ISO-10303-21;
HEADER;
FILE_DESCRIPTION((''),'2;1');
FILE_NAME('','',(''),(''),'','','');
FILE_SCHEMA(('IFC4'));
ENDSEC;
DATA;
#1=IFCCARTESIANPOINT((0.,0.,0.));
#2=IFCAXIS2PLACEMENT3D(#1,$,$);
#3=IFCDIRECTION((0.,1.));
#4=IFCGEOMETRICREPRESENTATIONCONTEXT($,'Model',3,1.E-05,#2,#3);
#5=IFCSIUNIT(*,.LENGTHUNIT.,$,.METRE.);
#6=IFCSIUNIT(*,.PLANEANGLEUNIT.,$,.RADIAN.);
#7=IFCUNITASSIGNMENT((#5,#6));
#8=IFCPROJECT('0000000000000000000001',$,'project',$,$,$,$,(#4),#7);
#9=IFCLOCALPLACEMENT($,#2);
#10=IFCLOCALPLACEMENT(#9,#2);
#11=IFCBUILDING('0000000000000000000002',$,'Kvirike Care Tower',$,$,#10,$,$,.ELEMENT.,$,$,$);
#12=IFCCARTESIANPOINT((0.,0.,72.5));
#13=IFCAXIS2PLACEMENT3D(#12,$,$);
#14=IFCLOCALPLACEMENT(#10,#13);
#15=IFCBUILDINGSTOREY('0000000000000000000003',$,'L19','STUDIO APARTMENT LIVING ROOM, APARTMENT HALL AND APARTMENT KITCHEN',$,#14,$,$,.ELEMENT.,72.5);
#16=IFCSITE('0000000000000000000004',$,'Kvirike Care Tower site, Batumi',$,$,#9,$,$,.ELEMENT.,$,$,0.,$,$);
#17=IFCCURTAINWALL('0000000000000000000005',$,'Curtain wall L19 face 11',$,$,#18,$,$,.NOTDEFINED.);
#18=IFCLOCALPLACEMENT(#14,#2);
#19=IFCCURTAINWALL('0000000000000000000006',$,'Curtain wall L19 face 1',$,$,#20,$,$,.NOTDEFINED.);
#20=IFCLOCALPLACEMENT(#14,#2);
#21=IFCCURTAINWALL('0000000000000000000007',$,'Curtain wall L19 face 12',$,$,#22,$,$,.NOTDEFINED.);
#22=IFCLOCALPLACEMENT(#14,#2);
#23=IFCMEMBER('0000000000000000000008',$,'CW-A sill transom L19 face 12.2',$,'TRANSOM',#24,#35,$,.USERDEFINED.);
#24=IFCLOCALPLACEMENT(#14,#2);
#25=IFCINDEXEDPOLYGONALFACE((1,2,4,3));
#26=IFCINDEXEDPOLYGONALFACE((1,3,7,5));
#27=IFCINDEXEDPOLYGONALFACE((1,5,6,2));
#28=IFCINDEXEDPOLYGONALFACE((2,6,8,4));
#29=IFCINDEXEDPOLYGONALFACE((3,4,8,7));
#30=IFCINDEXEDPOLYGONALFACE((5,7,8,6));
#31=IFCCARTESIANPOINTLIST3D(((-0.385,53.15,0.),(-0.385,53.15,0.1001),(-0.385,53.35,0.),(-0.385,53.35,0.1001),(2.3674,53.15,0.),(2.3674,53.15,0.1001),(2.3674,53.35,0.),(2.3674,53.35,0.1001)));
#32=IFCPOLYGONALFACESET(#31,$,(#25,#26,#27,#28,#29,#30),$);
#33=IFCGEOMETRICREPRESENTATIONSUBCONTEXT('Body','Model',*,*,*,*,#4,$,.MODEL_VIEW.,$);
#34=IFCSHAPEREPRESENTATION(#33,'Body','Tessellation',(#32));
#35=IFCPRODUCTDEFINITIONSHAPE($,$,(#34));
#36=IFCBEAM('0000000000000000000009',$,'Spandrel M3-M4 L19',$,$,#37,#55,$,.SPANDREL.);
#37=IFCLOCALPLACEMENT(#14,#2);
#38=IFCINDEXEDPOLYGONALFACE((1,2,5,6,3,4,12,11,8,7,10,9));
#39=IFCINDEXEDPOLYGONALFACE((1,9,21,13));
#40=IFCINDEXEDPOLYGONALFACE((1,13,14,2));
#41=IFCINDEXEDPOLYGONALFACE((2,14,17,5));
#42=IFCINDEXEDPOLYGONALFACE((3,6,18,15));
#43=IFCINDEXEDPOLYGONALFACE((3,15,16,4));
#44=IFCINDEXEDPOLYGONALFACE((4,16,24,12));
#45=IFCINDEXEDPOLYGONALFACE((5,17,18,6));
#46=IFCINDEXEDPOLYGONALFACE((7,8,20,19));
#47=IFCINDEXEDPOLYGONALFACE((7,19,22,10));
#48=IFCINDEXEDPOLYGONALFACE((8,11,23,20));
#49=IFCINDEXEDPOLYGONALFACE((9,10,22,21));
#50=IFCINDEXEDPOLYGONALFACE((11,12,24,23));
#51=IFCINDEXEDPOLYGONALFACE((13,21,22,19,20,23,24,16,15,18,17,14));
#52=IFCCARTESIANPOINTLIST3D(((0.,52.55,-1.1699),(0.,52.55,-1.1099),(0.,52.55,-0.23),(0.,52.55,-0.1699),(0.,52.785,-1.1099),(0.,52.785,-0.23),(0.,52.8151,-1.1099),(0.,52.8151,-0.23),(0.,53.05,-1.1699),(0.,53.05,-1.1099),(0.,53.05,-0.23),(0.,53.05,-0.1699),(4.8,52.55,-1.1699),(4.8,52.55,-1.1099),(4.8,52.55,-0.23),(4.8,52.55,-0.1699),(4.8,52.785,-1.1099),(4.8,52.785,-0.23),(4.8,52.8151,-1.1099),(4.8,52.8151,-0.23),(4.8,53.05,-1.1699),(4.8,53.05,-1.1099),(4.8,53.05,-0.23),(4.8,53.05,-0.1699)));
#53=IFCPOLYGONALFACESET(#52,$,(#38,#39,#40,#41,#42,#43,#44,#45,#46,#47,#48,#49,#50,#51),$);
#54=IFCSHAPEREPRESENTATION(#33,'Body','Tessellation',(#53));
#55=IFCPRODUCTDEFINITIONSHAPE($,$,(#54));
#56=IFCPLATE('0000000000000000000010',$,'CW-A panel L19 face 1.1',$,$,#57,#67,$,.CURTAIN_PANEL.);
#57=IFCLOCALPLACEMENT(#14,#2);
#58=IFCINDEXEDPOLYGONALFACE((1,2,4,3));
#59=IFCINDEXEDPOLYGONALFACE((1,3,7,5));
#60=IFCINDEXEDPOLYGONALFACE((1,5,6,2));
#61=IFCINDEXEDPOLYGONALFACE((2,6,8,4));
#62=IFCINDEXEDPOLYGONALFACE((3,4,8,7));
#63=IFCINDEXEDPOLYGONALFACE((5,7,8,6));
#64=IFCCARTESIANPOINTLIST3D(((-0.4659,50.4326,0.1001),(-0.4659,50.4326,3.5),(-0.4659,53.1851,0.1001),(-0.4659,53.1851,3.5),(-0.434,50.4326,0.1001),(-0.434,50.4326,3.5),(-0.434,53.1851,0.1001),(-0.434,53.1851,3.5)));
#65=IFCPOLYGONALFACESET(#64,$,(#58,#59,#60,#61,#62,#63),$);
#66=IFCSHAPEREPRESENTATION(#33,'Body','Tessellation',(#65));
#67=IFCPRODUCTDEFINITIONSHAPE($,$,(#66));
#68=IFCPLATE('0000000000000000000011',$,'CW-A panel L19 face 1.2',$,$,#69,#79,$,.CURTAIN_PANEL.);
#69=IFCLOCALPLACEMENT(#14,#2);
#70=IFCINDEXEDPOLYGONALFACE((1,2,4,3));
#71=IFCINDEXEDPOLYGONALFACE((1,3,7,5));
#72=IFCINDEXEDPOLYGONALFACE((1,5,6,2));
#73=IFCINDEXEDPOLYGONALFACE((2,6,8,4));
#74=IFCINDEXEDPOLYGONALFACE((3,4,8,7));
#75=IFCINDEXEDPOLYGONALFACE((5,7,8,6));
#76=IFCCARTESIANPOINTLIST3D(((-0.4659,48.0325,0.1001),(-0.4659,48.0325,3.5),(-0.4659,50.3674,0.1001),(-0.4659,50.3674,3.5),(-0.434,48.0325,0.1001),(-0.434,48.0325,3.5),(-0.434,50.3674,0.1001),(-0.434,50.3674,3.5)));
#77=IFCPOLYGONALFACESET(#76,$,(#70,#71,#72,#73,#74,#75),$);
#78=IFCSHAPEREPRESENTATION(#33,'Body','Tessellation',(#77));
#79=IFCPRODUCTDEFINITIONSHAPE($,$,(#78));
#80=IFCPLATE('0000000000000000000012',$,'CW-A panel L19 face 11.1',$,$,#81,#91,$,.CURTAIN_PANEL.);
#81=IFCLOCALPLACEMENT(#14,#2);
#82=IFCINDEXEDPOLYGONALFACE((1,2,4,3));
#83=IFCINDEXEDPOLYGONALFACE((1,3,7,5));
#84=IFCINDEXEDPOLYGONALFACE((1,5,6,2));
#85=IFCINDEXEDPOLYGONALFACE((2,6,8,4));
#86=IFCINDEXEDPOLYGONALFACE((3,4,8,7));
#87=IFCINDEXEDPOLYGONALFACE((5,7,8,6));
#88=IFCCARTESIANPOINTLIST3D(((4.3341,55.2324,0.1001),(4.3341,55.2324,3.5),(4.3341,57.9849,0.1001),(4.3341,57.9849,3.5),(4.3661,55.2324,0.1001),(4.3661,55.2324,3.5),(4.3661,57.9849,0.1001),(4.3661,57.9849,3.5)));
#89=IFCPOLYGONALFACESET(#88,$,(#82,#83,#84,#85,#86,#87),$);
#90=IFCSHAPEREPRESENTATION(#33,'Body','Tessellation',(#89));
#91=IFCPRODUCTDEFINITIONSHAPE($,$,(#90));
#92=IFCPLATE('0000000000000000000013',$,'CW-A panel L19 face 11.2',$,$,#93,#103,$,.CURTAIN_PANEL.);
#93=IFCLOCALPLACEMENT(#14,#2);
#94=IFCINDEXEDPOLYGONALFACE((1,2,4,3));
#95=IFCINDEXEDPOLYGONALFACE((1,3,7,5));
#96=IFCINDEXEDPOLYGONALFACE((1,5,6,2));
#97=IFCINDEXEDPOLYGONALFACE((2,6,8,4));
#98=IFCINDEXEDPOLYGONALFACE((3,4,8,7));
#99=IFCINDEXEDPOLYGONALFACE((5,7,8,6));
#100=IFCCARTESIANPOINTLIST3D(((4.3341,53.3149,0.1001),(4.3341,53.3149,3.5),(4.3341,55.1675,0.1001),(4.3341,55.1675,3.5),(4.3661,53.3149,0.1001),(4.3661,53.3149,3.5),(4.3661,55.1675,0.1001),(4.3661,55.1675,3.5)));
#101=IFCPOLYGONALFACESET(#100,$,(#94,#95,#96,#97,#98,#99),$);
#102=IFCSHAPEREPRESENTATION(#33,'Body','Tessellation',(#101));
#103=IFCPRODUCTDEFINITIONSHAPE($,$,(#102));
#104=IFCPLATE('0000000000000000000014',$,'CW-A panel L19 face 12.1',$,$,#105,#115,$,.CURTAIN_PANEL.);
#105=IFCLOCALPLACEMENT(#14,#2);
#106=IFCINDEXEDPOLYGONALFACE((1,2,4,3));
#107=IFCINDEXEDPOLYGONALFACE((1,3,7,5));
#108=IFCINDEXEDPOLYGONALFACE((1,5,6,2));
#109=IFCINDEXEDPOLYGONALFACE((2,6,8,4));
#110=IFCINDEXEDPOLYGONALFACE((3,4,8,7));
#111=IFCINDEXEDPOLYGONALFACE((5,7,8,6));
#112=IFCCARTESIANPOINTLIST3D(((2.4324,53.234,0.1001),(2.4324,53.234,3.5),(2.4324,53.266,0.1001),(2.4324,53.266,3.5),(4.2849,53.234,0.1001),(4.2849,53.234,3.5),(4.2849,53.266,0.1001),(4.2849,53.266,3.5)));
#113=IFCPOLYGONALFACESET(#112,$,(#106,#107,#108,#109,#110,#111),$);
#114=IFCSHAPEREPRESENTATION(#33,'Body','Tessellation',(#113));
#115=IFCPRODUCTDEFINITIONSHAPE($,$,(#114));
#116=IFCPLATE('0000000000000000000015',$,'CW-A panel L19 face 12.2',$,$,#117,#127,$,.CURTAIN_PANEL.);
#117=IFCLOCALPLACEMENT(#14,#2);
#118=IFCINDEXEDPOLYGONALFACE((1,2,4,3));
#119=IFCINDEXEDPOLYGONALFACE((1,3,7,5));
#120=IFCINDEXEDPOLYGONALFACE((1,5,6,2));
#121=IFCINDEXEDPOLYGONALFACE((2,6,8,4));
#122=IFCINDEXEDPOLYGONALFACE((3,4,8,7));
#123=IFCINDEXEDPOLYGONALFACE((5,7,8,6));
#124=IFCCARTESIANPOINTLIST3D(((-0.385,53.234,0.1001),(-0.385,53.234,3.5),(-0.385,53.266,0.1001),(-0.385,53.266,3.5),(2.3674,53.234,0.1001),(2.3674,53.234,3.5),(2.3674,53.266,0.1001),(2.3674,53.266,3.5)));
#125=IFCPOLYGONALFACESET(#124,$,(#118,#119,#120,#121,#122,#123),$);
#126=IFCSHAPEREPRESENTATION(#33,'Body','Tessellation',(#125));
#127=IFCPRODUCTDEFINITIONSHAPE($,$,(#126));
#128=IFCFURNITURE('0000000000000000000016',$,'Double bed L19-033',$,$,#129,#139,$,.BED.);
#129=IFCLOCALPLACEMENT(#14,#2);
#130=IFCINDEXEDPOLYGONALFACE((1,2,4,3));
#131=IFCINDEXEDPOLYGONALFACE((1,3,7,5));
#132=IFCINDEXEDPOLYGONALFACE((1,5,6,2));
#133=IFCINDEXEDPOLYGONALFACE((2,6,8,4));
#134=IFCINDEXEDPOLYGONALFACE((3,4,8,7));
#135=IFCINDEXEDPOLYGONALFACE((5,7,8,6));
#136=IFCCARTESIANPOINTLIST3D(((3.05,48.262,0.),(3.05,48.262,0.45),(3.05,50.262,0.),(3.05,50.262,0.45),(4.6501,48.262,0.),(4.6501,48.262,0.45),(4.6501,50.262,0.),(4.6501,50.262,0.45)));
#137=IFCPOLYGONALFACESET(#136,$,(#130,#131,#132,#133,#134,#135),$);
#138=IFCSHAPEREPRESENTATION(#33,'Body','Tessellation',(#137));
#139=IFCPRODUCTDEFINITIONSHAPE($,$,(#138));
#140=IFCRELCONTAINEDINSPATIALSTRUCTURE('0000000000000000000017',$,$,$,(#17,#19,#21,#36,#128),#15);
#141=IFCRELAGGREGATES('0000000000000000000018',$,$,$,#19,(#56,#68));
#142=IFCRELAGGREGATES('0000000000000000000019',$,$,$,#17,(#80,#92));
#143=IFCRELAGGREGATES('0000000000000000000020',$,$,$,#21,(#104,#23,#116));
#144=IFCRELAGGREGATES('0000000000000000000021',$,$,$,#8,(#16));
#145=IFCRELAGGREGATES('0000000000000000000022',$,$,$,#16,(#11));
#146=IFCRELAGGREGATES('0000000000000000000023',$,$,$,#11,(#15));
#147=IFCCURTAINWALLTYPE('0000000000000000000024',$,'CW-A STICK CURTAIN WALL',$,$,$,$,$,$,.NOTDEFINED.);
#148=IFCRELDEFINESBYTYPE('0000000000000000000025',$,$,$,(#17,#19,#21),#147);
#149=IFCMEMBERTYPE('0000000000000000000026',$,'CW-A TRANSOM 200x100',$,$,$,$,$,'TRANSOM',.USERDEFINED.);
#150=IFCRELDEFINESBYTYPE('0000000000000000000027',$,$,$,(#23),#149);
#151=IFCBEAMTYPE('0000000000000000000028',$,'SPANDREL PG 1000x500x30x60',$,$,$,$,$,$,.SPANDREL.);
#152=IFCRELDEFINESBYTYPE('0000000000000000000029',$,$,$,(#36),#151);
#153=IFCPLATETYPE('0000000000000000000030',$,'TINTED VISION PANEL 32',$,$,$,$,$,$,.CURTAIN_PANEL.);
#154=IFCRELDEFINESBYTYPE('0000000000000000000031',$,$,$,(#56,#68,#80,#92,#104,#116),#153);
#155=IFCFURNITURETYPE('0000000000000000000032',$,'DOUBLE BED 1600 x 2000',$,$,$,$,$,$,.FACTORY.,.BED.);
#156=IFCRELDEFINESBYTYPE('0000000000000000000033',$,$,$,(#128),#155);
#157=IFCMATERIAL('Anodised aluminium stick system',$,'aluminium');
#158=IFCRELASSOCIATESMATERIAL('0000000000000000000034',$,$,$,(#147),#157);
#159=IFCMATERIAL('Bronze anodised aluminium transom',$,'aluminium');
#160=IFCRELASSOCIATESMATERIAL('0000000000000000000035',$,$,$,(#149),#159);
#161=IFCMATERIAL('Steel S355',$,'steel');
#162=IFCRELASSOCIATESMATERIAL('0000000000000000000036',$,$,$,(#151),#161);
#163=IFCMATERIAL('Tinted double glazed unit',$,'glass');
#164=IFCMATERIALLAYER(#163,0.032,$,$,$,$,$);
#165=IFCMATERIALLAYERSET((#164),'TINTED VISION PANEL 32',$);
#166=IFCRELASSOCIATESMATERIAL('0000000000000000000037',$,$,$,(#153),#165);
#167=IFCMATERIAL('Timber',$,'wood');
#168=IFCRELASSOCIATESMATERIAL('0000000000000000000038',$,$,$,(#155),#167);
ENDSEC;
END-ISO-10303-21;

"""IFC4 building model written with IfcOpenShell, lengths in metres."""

from ifc_helpers import new_model, si_unit, direction, frame, origin, origin_2d, place, context, subcontext, project, spatial, rectangle, i_section, extrude, material, layer, layer_set, material_profile, profile_set, type_object, element, aggregate, save


model = new_model("IFC4")

# Units and contexts
model_context = context("Model", 3, precision=1e-05, world=origin(), true_north=direction((0.0, 1.0)))
body_context = subcontext(model_context, "Body", "Model", "MODEL_VIEW")
ifc_project = project(units=[si_unit("LENGTHUNIT", "METRE"), si_unit("PLANEANGLEUNIT", "RADIAN")], contexts=[model_context])

# Site, building, storey
site_placement = place(None, origin())
site = spatial("IfcSite", under=ifc_project, at=site_placement, Name="Kvirike Care Tower site, Batumi", CompositionType="ELEMENT", RefElevation=0.0)
building_placement = place(site_placement, origin())
building = spatial("IfcBuilding", under=site, at=building_placement, Name="Kvirike Care Tower", CompositionType="ELEMENT")
storey_placement = place(building_placement, frame((0.0, 0.0, 72.5)))
storey = spatial("IfcBuildingStorey", under=building, at=storey_placement, Name="L19", Description="STUDIO APARTMENT LIVING ROOM, APARTMENT HALL AND APARTMENT KITCHEN", CompositionType="ELEMENT", Elevation=72.5)

# Curtain wall
ifc_material_1 = material(Name="Anodised aluminium stick system", Category="aluminium")
curtain_wall_type = type_object("IfcCurtainWallType", Name="CW-A STICK CURTAIN WALL", PredefinedType="NOTDEFINED", material=ifc_material_1)
curtain_wall_1_placement = place(storey_placement, origin())
curtain_wall_1 = element("IfcCurtainWall", 1, at=curtain_wall_1_placement, inside=storey, type_object=curtain_wall_type, Name="Curtain wall L19 face 11", PredefinedType="NOTDEFINED")

# Curtain wall
curtain_wall_2_placement = place(storey_placement, origin())
curtain_wall_2 = element("IfcCurtainWall", 2, at=curtain_wall_2_placement, inside=storey, type_object=curtain_wall_type, Name="Curtain wall L19 face 1", PredefinedType="NOTDEFINED")

# Curtain wall
curtain_wall_3_placement = place(storey_placement, origin())
curtain_wall_3 = element("IfcCurtainWall", 3, at=curtain_wall_3_placement, inside=storey, type_object=curtain_wall_type, Name="Curtain wall L19 face 12", PredefinedType="NOTDEFINED")

# Member
ifc_material_2 = material(Name="Bronze anodised aluminium transom", Category="aluminium")
ifc_material_profile_1 = material_profile(ifc_material_2, rectangle(XDim=0.2, YDim=0.1001, at=origin_2d()), Name="CW-A TRANSOM 200x100")
ifc_profile_set_1 = profile_set([ifc_material_profile_1], Name="Bronze anodised aluminium transom")
member_type_1 = type_object("IfcMemberType", Name="CW-A TRANSOM 200x100", ElementType="TRANSOM", PredefinedType="USERDEFINED", material=ifc_profile_set_1)
member_1_placement = place(storey_placement, frame((2.3674, 53.25, 0.05), z_axis=(-1.0, 0.0, 0.0), x_axis=(0.0, -1.0, 0.0)))
member_1 = element("IfcMember", 4, at=member_1_placement, type_object=member_type_1, Name="CW-A sill transom L19 face 12.2", ObjectType="TRANSOM", PredefinedType="USERDEFINED", context=body_context, shape_type="SweptSolid", body=[
    extrude(rectangle(XDim=0.2, YDim=0.1001, at=origin_2d()), origin(), (0.0, 0.0, 1.0), 2.7524),
])

# Beam
ifc_material_3 = material(Name="Steel S355", Category="steel")
ifc_material_profile_2 = material_profile(ifc_material_3, i_section(OverallWidth=0.5, OverallDepth=1.0, WebThickness=0.03, FlangeThickness=0.0601, at=origin_2d()), Name="PG 1000x500x30x60")
ifc_profile_set_2 = profile_set([ifc_material_profile_2], Name="Steel S355")
beam_type = type_object("IfcBeamType", Name="SPANDREL PG 1000x500x30x60", PredefinedType="SPANDREL", material=ifc_profile_set_2)
beam_placement = place(storey_placement, frame((0.0, 52.8, -0.6699), z_axis=(1.0, 0.0, 0.0), x_axis=(0.0, 1.0, 0.0)))
element("IfcBeam", 5, at=beam_placement, inside=storey, type_object=beam_type, Name="Spandrel M3-M4 L19", PredefinedType="SPANDREL", context=body_context, shape_type="SweptSolid", body=[
    extrude(i_section(OverallWidth=0.5, OverallDepth=1.0, WebThickness=0.03, FlangeThickness=0.0601, at=origin_2d()), origin(), (0.0, 0.0, 1.0), 4.8),
])

# Plates
ifc_material_4 = material(Name="Tinted double glazed unit", Category="glass")
ifc_layer = layer(ifc_material_4, 0.032)
ifc_layer_set = layer_set([ifc_layer], Name="TINTED VISION PANEL 32")
plate_type = type_object("IfcPlateType", Name="TINTED VISION PANEL 32", PredefinedType="CURTAIN_PANEL", material=ifc_layer_set)
plate_1_placement = place(storey_placement, frame((-0.45, 51.8088, 0.1001), z_axis=(0.0, 0.0, 1.0), x_axis=(0.0, -1.0, 0.0)))
plate_1 = element("IfcPlate", 6, at=plate_1_placement, type_object=plate_type, Name="CW-A panel L19 face 1.1", PredefinedType="CURTAIN_PANEL", context=body_context, shape_type="SweptSolid", body=[
    extrude(rectangle(XDim=2.7524, YDim=0.032, at=origin_2d()), origin(), (0.0, 0.0, 1.0), 3.3999),
])
plate_2_placement = place(storey_placement, frame((-0.45, 49.2, 0.1001), z_axis=(0.0, 0.0, 1.0), x_axis=(0.0, -1.0, 0.0)))
plate_2 = element("IfcPlate", 7, at=plate_2_placement, type_object=plate_type, Name="CW-A panel L19 face 1.2", PredefinedType="CURTAIN_PANEL", context=body_context, shape_type="SweptSolid", body=[
    extrude(rectangle(XDim=2.335, YDim=0.032, at=origin_2d()), origin(), (0.0, 0.0, 1.0), 3.3999),
])
aggregate(curtain_wall_2, [plate_1, plate_2])
plate_3_placement = place(storey_placement, frame((4.3501, 56.6086, 0.1001), z_axis=(0.0, 0.0, 1.0), x_axis=(0.0, -1.0, 0.0)))
plate_3 = element("IfcPlate", 8, at=plate_3_placement, type_object=plate_type, Name="CW-A panel L19 face 11.1", PredefinedType="CURTAIN_PANEL", context=body_context, shape_type="SweptSolid", body=[
    extrude(rectangle(XDim=2.7524, YDim=0.032, at=origin_2d()), origin(), (0.0, 0.0, 1.0), 3.3999),
])
plate_4_placement = place(storey_placement, frame((4.3501, 54.2412, 0.1001), z_axis=(0.0, 0.0, 1.0), x_axis=(0.0, -1.0, 0.0)))
plate_4 = element("IfcPlate", 9, at=plate_4_placement, type_object=plate_type, Name="CW-A panel L19 face 11.2", PredefinedType="CURTAIN_PANEL", context=body_context, shape_type="SweptSolid", body=[
    extrude(rectangle(XDim=1.8525, YDim=0.032, at=origin_2d()), origin(), (0.0, 0.0, 1.0), 3.3999),
])
aggregate(curtain_wall_1, [plate_3, plate_4])
plate_5_placement = place(storey_placement, frame((3.3586, 53.25, 0.1001), z_axis=(0.0, 0.0, 1.0), x_axis=(-1.0, 0.0, 0.0)))
plate_5 = element("IfcPlate", 10, at=plate_5_placement, type_object=plate_type, Name="CW-A panel L19 face 12.1", PredefinedType="CURTAIN_PANEL", context=body_context, shape_type="SweptSolid", body=[
    extrude(rectangle(XDim=1.8525, YDim=0.032, at=origin_2d()), origin(), (0.0, 0.0, 1.0), 3.3999),
])
plate_6_placement = place(storey_placement, frame((0.9912, 53.25, 0.1001), z_axis=(0.0, 0.0, 1.0), x_axis=(-1.0, 0.0, 0.0)))
plate_6 = element("IfcPlate", 11, at=plate_6_placement, type_object=plate_type, Name="CW-A panel L19 face 12.2", PredefinedType="CURTAIN_PANEL", context=body_context, shape_type="SweptSolid", body=[
    extrude(rectangle(XDim=2.7524, YDim=0.032, at=origin_2d()), origin(), (0.0, 0.0, 1.0), 3.3999),
])
aggregate(curtain_wall_3, [plate_5, member_1, plate_6])

# Furniture
ifc_material_5 = material(Name="Timber", Category="wood")
furniture_type = type_object("IfcFurnitureType", Name="DOUBLE BED 1600 x 2000", AssemblyPlace="FACTORY", PredefinedType="BED", material=ifc_material_5)
furniture_placement = place(storey_placement, frame((3.8501, 49.262, 0.0), z_axis=(0.0, 0.0, 1.0), x_axis=(-1.0, 0.0, 0.0)))
element("IfcFurniture", 12, at=furniture_placement, inside=storey, type_object=furniture_type, Name="Double bed L19-033", PredefinedType="BED", context=body_context, shape_type="SweptSolid", body=[
    extrude(rectangle(XDim=1.6001, YDim=2.0, at=origin_2d()), origin(), (0.0, 0.0, 1.0), 0.45),
])

save(model, "model.ifc")
